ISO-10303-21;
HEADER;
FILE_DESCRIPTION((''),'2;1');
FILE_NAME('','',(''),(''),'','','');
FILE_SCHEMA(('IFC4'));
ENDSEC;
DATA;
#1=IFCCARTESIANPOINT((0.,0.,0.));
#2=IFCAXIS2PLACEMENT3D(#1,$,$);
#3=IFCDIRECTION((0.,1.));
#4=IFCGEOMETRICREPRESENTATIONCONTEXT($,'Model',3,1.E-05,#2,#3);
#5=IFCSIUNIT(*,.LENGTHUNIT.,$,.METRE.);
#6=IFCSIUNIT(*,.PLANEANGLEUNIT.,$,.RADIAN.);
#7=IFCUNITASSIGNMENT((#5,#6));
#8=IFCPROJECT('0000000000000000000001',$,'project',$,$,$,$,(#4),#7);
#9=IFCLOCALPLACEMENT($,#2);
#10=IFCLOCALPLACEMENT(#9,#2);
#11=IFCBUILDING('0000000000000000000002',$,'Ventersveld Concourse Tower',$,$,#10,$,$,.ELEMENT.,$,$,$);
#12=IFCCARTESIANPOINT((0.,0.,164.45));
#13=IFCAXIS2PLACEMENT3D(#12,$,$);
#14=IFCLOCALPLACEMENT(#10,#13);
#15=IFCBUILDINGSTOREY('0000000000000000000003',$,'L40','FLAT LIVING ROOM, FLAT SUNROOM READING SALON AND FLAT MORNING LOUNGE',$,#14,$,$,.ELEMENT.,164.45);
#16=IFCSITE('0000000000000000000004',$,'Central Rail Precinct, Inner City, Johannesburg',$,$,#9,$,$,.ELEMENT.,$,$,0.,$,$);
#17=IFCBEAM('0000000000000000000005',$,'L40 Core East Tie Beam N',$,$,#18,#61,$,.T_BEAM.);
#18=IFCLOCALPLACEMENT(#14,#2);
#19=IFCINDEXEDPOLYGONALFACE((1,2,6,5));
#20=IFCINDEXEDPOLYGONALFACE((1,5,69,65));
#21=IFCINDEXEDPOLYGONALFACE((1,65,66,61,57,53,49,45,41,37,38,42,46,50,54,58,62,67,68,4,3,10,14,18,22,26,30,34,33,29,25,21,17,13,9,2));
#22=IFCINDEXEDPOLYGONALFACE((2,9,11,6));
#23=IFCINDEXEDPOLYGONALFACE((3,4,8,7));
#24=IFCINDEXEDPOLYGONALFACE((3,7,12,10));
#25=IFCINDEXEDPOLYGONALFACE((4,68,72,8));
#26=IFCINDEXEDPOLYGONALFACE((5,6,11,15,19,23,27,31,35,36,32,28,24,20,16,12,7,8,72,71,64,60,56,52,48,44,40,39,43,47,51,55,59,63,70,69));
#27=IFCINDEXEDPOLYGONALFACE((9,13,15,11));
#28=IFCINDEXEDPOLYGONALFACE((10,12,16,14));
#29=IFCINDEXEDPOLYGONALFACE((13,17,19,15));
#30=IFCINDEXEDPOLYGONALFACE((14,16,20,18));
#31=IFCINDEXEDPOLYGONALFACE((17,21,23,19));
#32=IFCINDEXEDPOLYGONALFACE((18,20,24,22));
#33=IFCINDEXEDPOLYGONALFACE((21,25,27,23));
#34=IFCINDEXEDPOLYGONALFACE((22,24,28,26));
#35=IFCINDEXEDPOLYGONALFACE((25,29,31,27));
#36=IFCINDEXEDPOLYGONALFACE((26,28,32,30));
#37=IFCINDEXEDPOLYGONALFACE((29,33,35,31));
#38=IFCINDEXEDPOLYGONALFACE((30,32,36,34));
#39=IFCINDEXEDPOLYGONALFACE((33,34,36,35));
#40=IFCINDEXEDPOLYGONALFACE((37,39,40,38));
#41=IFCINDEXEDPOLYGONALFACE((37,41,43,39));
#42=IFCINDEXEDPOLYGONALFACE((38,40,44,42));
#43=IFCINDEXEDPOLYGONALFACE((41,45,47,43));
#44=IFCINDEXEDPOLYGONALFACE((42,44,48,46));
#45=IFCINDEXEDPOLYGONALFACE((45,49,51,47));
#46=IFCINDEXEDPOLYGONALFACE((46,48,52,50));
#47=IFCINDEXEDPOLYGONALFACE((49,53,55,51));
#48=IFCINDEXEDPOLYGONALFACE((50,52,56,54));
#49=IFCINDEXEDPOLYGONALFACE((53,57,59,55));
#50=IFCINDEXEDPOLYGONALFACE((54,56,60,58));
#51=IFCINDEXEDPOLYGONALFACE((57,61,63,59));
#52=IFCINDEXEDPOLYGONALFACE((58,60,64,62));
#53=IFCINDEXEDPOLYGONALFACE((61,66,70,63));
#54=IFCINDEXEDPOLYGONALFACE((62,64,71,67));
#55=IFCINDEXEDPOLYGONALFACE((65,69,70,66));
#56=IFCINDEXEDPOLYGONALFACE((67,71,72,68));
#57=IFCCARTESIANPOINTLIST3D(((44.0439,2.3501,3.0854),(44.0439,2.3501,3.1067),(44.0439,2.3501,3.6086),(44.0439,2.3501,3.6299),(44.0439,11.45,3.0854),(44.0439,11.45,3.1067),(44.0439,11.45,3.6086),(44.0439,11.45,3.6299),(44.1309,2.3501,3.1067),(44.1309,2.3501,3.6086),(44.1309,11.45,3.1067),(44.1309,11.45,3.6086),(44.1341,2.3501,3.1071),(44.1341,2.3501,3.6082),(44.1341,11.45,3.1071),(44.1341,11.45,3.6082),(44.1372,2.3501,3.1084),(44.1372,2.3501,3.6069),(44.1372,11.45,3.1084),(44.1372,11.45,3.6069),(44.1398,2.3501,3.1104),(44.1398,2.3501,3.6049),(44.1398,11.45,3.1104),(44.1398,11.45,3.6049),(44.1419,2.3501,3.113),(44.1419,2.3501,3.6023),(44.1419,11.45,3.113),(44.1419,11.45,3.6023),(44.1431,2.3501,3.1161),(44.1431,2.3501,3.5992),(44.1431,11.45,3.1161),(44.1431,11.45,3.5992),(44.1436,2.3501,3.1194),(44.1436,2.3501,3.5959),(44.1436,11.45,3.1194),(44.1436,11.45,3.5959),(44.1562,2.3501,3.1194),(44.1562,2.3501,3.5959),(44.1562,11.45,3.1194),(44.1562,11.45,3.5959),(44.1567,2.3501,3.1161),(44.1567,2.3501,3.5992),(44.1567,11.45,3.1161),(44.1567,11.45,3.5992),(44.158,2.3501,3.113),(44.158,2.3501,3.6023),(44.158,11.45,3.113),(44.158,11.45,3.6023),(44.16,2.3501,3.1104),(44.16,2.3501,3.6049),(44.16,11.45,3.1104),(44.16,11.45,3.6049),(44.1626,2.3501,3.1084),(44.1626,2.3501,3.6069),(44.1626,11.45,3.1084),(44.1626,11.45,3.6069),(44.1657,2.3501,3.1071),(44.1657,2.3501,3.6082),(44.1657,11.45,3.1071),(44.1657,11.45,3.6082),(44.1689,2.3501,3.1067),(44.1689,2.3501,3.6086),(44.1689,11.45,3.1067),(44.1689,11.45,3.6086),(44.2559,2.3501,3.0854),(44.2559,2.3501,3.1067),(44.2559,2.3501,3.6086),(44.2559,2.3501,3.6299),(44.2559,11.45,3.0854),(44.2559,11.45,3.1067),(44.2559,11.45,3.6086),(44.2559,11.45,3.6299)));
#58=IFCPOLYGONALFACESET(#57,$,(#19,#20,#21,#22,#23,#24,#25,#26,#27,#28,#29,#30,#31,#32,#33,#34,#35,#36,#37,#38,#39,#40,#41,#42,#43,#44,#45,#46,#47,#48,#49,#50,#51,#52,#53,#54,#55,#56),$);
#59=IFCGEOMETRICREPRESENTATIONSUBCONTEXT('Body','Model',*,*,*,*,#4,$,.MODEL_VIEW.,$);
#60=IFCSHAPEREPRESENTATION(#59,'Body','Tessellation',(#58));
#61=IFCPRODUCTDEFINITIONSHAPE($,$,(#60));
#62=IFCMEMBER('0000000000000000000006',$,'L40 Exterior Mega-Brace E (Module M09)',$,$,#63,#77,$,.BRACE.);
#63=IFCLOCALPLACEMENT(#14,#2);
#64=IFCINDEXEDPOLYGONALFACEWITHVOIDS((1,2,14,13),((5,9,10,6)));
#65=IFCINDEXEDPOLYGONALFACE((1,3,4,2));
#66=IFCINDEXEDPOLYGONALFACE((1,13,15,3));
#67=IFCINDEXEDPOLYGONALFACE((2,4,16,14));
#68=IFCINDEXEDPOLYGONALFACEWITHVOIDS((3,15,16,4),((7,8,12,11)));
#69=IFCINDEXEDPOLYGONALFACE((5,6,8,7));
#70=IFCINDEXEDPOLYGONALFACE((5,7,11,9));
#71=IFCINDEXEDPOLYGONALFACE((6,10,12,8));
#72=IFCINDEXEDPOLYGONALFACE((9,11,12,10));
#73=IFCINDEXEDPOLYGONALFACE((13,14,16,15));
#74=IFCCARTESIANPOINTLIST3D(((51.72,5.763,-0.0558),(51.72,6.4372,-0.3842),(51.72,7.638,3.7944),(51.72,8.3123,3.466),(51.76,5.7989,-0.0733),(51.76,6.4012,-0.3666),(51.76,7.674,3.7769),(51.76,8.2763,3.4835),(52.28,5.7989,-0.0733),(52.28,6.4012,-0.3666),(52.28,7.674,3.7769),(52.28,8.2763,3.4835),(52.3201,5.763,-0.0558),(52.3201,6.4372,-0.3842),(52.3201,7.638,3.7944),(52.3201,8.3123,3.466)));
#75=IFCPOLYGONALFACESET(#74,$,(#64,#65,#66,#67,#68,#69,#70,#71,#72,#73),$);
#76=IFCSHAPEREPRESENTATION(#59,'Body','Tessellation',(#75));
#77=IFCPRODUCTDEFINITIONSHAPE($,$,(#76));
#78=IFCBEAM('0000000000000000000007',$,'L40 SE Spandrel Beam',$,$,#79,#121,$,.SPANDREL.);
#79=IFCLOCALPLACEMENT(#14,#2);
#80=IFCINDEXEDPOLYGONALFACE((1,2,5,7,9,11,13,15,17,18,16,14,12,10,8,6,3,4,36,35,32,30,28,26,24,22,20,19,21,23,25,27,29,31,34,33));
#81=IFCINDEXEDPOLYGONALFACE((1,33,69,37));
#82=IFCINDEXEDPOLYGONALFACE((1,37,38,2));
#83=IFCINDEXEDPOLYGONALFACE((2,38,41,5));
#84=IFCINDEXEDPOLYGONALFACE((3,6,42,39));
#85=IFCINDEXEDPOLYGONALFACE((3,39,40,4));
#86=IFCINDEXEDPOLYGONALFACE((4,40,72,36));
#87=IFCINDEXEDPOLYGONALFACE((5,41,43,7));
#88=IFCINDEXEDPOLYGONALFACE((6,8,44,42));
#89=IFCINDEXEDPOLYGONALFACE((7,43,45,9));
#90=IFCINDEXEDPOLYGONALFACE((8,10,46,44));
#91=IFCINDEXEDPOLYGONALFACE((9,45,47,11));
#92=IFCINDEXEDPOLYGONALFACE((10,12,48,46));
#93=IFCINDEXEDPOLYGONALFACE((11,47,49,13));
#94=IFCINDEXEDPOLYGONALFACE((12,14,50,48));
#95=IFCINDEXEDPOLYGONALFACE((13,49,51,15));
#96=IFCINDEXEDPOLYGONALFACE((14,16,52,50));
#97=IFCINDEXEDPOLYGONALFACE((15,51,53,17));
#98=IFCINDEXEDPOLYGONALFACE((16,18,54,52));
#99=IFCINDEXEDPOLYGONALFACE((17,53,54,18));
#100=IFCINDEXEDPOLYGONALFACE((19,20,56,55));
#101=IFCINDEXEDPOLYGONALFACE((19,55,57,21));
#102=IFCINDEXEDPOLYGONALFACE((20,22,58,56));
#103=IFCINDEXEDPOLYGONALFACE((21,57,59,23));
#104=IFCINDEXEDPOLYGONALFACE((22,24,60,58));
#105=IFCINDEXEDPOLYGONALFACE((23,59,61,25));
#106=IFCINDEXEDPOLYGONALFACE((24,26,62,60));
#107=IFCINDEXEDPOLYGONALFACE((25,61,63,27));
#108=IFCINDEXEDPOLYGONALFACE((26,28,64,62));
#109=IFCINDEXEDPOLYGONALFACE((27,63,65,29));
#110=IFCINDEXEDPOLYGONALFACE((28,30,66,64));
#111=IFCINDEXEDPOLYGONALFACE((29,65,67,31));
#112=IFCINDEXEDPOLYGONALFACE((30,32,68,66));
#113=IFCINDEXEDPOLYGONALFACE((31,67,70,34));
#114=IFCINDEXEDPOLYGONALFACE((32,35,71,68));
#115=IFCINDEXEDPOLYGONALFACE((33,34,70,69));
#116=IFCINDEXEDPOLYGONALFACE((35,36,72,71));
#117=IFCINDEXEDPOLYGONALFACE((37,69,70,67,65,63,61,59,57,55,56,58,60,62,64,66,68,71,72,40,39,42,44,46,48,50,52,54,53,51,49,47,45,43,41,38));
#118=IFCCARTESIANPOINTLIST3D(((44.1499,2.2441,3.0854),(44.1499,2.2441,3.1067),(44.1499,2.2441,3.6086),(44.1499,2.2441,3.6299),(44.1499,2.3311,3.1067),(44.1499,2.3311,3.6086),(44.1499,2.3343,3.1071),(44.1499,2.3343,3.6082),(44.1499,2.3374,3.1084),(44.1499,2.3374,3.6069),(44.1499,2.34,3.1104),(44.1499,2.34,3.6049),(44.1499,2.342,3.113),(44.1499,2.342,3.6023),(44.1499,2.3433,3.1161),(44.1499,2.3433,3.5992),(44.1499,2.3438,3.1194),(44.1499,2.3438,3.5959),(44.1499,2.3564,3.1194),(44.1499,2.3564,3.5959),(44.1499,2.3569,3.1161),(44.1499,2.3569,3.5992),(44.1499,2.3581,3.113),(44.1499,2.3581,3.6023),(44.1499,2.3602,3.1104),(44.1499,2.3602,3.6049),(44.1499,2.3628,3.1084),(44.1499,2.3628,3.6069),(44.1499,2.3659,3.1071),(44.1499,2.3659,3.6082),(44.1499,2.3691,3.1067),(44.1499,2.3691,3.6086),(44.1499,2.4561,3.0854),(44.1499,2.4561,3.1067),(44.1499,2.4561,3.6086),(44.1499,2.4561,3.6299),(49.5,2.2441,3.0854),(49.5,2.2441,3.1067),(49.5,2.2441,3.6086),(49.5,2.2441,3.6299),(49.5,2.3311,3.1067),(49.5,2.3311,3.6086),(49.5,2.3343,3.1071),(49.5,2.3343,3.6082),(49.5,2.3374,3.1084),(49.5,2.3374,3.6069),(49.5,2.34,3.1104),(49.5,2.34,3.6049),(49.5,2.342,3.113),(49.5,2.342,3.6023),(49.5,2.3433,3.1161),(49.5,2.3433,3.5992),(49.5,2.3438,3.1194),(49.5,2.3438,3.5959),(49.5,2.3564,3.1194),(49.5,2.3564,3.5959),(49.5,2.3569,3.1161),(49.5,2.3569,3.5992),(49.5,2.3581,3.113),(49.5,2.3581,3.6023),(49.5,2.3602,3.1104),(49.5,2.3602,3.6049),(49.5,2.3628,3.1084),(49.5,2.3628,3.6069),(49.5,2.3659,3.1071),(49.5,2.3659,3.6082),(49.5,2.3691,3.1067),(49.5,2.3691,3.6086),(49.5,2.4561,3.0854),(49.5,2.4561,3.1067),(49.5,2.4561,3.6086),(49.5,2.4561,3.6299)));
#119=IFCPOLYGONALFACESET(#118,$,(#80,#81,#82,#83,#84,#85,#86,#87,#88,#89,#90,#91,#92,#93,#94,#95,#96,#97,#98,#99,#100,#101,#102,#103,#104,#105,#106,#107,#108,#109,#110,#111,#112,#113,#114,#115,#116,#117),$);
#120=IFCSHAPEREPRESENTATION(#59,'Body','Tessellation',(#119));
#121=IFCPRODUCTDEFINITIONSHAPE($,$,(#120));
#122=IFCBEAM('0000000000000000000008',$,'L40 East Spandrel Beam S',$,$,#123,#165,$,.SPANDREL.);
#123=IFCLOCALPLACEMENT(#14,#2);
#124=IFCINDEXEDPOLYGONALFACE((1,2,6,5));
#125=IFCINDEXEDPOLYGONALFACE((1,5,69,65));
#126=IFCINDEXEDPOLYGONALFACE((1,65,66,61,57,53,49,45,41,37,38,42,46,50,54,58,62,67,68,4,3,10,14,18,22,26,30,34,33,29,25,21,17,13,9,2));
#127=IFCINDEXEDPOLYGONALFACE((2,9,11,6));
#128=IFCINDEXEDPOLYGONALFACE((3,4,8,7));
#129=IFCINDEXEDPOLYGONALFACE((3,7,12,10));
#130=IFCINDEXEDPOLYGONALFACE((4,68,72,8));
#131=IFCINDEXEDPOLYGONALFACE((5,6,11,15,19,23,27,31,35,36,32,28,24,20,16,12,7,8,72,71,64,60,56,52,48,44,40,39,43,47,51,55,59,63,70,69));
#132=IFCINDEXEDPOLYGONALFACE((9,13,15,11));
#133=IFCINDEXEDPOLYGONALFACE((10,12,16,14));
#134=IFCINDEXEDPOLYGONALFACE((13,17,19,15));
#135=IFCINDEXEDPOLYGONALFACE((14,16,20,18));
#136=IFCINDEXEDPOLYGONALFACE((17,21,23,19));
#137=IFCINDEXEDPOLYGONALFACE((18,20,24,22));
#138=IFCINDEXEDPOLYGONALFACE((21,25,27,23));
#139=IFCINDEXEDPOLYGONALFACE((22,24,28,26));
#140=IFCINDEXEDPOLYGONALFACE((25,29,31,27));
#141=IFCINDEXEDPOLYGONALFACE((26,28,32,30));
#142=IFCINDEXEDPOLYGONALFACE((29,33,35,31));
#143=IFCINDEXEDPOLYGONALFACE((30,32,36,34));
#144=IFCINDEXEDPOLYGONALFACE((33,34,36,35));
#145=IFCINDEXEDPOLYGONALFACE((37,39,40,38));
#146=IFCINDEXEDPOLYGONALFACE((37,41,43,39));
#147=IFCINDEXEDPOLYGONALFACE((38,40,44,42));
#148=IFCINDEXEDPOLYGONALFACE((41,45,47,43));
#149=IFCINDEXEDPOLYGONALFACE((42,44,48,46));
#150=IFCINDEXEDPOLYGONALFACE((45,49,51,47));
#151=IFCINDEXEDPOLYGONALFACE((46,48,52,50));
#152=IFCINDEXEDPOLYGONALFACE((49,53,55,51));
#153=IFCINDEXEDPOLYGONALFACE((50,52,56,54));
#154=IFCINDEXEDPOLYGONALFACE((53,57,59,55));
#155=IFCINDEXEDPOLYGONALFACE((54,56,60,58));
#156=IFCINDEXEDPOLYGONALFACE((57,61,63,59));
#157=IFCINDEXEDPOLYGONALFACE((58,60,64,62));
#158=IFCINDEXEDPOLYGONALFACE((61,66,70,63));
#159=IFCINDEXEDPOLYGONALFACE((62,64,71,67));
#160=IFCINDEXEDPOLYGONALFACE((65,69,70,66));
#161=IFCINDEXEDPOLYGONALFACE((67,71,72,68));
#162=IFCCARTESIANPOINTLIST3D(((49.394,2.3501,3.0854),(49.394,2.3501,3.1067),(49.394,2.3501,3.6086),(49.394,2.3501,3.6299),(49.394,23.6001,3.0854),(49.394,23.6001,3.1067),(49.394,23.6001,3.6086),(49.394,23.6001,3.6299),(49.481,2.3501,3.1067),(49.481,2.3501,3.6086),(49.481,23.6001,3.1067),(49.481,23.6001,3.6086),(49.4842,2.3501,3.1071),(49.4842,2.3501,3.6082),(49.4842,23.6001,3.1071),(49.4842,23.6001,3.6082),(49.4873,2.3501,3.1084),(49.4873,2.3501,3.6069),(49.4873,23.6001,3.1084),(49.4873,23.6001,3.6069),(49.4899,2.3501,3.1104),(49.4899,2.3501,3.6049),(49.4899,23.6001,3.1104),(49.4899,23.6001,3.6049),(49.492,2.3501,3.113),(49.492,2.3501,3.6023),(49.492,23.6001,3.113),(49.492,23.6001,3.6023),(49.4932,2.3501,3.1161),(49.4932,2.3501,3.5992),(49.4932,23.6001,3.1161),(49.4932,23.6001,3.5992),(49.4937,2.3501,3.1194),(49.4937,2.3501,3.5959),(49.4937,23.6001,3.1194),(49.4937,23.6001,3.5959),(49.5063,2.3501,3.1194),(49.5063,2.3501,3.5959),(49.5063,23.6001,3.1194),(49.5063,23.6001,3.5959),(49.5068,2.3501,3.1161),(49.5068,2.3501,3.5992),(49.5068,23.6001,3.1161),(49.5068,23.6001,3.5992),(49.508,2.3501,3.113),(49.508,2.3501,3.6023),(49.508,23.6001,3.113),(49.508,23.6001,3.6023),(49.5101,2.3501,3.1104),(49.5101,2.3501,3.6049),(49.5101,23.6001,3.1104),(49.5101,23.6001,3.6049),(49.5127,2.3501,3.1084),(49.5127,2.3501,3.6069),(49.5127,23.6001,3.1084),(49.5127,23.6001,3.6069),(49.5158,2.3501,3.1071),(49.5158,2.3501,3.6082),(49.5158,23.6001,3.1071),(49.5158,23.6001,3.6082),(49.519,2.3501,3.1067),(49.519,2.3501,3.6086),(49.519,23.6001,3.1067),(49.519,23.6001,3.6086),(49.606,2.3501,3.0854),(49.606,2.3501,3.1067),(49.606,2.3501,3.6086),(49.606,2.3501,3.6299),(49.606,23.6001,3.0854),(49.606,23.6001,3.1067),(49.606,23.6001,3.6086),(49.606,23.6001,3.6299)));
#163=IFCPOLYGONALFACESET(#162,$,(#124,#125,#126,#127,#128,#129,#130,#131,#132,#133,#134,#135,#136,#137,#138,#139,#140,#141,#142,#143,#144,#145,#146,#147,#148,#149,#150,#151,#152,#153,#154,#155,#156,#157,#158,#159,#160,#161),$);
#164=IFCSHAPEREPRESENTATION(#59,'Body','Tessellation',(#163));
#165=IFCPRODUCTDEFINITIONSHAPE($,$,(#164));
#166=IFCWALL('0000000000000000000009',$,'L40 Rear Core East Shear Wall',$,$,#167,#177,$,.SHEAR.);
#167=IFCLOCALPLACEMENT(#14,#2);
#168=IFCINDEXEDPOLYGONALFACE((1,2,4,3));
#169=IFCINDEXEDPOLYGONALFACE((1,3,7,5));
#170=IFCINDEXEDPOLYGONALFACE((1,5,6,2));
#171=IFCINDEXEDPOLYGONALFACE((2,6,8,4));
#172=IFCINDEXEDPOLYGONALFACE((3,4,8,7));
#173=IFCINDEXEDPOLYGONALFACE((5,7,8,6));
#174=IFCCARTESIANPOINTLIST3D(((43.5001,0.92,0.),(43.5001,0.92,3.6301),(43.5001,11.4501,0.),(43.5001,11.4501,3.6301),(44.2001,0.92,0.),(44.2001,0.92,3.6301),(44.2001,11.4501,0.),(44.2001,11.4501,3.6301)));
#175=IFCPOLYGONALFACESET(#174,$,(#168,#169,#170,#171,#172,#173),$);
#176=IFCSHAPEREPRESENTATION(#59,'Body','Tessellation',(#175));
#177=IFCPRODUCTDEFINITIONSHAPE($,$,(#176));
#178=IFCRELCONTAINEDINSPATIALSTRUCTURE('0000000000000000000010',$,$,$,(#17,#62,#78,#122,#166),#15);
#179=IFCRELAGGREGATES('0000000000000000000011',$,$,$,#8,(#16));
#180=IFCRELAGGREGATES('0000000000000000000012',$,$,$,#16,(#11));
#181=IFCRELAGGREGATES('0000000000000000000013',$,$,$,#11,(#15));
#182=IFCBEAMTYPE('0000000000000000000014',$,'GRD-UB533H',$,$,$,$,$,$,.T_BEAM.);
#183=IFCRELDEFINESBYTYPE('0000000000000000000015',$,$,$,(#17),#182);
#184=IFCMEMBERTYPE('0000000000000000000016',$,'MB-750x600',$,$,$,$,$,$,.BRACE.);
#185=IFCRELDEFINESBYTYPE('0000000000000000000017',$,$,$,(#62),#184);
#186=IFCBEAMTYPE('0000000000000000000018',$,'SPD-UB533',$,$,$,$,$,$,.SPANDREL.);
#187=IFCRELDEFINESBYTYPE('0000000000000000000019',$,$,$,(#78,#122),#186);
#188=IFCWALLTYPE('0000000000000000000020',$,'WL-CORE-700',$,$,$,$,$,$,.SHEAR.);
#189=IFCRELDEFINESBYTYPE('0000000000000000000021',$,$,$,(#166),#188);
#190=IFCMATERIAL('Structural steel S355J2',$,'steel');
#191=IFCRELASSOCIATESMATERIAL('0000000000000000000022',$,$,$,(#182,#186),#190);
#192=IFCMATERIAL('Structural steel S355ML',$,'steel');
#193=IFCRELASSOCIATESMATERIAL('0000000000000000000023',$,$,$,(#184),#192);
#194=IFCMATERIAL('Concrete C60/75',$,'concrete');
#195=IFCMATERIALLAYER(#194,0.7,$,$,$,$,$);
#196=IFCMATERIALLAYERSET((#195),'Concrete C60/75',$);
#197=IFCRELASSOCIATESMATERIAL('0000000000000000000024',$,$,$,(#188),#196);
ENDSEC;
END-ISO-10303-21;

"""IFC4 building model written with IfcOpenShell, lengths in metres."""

from ifc_helpers import new_model, si_unit, direction, frame, frame_2d, origin, origin_2d, place, context, subcontext, project, spatial, rectangle, hollow_rectangle, i_section, extrude, material, layer, layer_set, material_profile, profile_set, type_object, element, save


model = new_model("IFC4")

# Units and contexts
model_context = context("Model", 3, precision=1e-05, world=origin(), true_north=direction((0.0, 1.0)))
body_context = subcontext(model_context, "Body", "Model", "MODEL_VIEW")
ifc_project = project(units=[si_unit("LENGTHUNIT", "METRE"), si_unit("PLANEANGLEUNIT", "RADIAN")], contexts=[model_context])

# Site, building, storey
site_placement = place(None, origin())
site = spatial("IfcSite", under=ifc_project, at=site_placement, Name="Central Rail Precinct, Inner City, Johannesburg", CompositionType="ELEMENT", RefElevation=0.0)
building_placement = place(site_placement, origin())
building = spatial("IfcBuilding", under=site, at=building_placement, Name="Ventersveld Concourse Tower", CompositionType="ELEMENT")
storey_placement = place(building_placement, frame((0.0, 0.0, 164.45)))
storey = spatial("IfcBuildingStorey", under=building, at=storey_placement, Name="L40", Description="FLAT LIVING ROOM, FLAT SUNROOM READING SALON AND FLAT MORNING LOUNGE", CompositionType="ELEMENT", Elevation=164.45)

# Beam
ifc_material_1 = material(Name="Structural steel S355J2", Category="steel")
ifc_material_profile_1 = material_profile(ifc_material_1, i_section(OverallWidth=0.2119, OverallDepth=0.5444, WebThickness=0.0127, FlangeThickness=0.0212, FilletRadius=0.0127, at=origin_2d()), Name="UB 533x210x122")
ifc_profile_set_1 = profile_set([ifc_material_profile_1], Name="Structural steel S355J2")
beam_type_1 = type_object("IfcBeamType", Name="GRD-UB533H", PredefinedType="T_BEAM", material=ifc_profile_set_1)
beam_1_placement = place(storey_placement, frame((44.1499, 2.3501, 3.3577), z_axis=(0.0, 1.0, 0.0), x_axis=(-1.0, 0.0, 0.0)))
element("IfcBeam", 1, at=beam_1_placement, inside=storey, type_object=beam_type_1, Name="L40 Core East Tie Beam N", PredefinedType="T_BEAM", context=body_context, shape_type="SweptSolid", body=[
    extrude(i_section(OverallWidth=0.2119, OverallDepth=0.5444, WebThickness=0.0127, FlangeThickness=0.0212, FilletRadius=0.0127, at=origin_2d()), origin(), (0.0, 0.0, 1.0), 9.0999),
])

# Member
ifc_material_2 = material(Name="Structural steel S355ML", Category="steel")
ifc_material_profile_2 = material_profile(ifc_material_2, hollow_rectangle(XDim=0.6001, YDim=0.75, WallThickness=0.04, at=origin_2d()), Name="BOX 750x600x40")
ifc_profile_set_2 = profile_set([ifc_material_profile_2], Name="Structural steel S355ML")
member_type = type_object("IfcMemberType", Name="MB-750x600", PredefinedType="BRACE", material=ifc_profile_set_2)
member_placement = place(storey_placement, frame((52.02, 6.1001, -0.22), z_axis=(0.0, 0.437839, 0.899053), x_axis=(-1.0, 0.0, 0.0)))
element("IfcMember", 2, at=member_placement, inside=storey, type_object=member_type, Name="L40 Exterior Mega-Brace E (Module M09)", PredefinedType="BRACE", context=body_context, shape_type="SweptSolid", body=[
    extrude(hollow_rectangle(XDim=0.6001, YDim=0.75, WallThickness=0.04, at=origin_2d()), origin(), (0.0, 0.0, 1.0), 4.2825),
])

# Beams
ifc_material_profile_3 = material_profile(ifc_material_1, i_section(OverallWidth=0.2119, OverallDepth=0.5444, WebThickness=0.0127, FlangeThickness=0.0212, FilletRadius=0.0127, at=origin_2d()), Name="UB 533x210x122")
ifc_profile_set_3 = profile_set([ifc_material_profile_3], Name="Structural steel S355J2")
beam_type_2 = type_object("IfcBeamType", Name="SPD-UB533", PredefinedType="SPANDREL", material=ifc_profile_set_3)
beam_2_placement = place(storey_placement, frame((44.1499, 2.3501, 3.3577), z_axis=(1.0, 0.0, 0.0), x_axis=(0.0, 1.0, 0.0)))
element("IfcBeam", 3, at=beam_2_placement, inside=storey, type_object=beam_type_2, Name="L40 SE Spandrel Beam", PredefinedType="SPANDREL", context=body_context, shape_type="SweptSolid", body=[
    extrude(i_section(OverallWidth=0.2119, OverallDepth=0.5444, WebThickness=0.0127, FlangeThickness=0.0212, FilletRadius=0.0127, at=origin_2d()), origin(), (0.0, 0.0, 1.0), 5.3501),
])
beam_3_placement = place(storey_placement, frame((49.5, 2.3501, 3.3577), z_axis=(0.0, 1.0, 0.0), x_axis=(-1.0, 0.0, 0.0)))
element("IfcBeam", 4, at=beam_3_placement, inside=storey, type_object=beam_type_2, Name="L40 East Spandrel Beam S", PredefinedType="SPANDREL", context=body_context, shape_type="SweptSolid", body=[
    extrude(i_section(OverallWidth=0.2119, OverallDepth=0.5444, WebThickness=0.0127, FlangeThickness=0.0212, FilletRadius=0.0127, at=origin_2d()), origin(), (0.0, 0.0, 1.0), 21.25),
])

# Wall
ifc_material_3 = material(Name="Concrete C60/75", Category="concrete")
ifc_layer_1 = layer(ifc_material_3, 0.7)
ifc_layer_set_1 = layer_set([ifc_layer_1], Name="Concrete C60/75")
wall_type_1 = type_object("IfcWallType", Name="WL-CORE-700", PredefinedType="SHEAR", material=ifc_layer_set_1)
wall_1_placement = place(storey_placement, frame((43.8501, 0.9199, 0.0), z_axis=(0.0, 0.0, 1.0), x_axis=(0.0, 1.0, 0.0)))
element("IfcWall", 5, at=wall_1_placement, inside=storey, type_object=wall_type_1, Name="L40 Rear Core East Shear Wall", PredefinedType="SHEAR", context=body_context, shape_type="SweptSolid", body=[
    extrude(rectangle(XDim=10.53, YDim=0.7, at=frame_2d((5.2651, 0.0))), origin(), (0.0, 0.0, 1.0), 3.6301),
])

save(model, "model.ifc")
